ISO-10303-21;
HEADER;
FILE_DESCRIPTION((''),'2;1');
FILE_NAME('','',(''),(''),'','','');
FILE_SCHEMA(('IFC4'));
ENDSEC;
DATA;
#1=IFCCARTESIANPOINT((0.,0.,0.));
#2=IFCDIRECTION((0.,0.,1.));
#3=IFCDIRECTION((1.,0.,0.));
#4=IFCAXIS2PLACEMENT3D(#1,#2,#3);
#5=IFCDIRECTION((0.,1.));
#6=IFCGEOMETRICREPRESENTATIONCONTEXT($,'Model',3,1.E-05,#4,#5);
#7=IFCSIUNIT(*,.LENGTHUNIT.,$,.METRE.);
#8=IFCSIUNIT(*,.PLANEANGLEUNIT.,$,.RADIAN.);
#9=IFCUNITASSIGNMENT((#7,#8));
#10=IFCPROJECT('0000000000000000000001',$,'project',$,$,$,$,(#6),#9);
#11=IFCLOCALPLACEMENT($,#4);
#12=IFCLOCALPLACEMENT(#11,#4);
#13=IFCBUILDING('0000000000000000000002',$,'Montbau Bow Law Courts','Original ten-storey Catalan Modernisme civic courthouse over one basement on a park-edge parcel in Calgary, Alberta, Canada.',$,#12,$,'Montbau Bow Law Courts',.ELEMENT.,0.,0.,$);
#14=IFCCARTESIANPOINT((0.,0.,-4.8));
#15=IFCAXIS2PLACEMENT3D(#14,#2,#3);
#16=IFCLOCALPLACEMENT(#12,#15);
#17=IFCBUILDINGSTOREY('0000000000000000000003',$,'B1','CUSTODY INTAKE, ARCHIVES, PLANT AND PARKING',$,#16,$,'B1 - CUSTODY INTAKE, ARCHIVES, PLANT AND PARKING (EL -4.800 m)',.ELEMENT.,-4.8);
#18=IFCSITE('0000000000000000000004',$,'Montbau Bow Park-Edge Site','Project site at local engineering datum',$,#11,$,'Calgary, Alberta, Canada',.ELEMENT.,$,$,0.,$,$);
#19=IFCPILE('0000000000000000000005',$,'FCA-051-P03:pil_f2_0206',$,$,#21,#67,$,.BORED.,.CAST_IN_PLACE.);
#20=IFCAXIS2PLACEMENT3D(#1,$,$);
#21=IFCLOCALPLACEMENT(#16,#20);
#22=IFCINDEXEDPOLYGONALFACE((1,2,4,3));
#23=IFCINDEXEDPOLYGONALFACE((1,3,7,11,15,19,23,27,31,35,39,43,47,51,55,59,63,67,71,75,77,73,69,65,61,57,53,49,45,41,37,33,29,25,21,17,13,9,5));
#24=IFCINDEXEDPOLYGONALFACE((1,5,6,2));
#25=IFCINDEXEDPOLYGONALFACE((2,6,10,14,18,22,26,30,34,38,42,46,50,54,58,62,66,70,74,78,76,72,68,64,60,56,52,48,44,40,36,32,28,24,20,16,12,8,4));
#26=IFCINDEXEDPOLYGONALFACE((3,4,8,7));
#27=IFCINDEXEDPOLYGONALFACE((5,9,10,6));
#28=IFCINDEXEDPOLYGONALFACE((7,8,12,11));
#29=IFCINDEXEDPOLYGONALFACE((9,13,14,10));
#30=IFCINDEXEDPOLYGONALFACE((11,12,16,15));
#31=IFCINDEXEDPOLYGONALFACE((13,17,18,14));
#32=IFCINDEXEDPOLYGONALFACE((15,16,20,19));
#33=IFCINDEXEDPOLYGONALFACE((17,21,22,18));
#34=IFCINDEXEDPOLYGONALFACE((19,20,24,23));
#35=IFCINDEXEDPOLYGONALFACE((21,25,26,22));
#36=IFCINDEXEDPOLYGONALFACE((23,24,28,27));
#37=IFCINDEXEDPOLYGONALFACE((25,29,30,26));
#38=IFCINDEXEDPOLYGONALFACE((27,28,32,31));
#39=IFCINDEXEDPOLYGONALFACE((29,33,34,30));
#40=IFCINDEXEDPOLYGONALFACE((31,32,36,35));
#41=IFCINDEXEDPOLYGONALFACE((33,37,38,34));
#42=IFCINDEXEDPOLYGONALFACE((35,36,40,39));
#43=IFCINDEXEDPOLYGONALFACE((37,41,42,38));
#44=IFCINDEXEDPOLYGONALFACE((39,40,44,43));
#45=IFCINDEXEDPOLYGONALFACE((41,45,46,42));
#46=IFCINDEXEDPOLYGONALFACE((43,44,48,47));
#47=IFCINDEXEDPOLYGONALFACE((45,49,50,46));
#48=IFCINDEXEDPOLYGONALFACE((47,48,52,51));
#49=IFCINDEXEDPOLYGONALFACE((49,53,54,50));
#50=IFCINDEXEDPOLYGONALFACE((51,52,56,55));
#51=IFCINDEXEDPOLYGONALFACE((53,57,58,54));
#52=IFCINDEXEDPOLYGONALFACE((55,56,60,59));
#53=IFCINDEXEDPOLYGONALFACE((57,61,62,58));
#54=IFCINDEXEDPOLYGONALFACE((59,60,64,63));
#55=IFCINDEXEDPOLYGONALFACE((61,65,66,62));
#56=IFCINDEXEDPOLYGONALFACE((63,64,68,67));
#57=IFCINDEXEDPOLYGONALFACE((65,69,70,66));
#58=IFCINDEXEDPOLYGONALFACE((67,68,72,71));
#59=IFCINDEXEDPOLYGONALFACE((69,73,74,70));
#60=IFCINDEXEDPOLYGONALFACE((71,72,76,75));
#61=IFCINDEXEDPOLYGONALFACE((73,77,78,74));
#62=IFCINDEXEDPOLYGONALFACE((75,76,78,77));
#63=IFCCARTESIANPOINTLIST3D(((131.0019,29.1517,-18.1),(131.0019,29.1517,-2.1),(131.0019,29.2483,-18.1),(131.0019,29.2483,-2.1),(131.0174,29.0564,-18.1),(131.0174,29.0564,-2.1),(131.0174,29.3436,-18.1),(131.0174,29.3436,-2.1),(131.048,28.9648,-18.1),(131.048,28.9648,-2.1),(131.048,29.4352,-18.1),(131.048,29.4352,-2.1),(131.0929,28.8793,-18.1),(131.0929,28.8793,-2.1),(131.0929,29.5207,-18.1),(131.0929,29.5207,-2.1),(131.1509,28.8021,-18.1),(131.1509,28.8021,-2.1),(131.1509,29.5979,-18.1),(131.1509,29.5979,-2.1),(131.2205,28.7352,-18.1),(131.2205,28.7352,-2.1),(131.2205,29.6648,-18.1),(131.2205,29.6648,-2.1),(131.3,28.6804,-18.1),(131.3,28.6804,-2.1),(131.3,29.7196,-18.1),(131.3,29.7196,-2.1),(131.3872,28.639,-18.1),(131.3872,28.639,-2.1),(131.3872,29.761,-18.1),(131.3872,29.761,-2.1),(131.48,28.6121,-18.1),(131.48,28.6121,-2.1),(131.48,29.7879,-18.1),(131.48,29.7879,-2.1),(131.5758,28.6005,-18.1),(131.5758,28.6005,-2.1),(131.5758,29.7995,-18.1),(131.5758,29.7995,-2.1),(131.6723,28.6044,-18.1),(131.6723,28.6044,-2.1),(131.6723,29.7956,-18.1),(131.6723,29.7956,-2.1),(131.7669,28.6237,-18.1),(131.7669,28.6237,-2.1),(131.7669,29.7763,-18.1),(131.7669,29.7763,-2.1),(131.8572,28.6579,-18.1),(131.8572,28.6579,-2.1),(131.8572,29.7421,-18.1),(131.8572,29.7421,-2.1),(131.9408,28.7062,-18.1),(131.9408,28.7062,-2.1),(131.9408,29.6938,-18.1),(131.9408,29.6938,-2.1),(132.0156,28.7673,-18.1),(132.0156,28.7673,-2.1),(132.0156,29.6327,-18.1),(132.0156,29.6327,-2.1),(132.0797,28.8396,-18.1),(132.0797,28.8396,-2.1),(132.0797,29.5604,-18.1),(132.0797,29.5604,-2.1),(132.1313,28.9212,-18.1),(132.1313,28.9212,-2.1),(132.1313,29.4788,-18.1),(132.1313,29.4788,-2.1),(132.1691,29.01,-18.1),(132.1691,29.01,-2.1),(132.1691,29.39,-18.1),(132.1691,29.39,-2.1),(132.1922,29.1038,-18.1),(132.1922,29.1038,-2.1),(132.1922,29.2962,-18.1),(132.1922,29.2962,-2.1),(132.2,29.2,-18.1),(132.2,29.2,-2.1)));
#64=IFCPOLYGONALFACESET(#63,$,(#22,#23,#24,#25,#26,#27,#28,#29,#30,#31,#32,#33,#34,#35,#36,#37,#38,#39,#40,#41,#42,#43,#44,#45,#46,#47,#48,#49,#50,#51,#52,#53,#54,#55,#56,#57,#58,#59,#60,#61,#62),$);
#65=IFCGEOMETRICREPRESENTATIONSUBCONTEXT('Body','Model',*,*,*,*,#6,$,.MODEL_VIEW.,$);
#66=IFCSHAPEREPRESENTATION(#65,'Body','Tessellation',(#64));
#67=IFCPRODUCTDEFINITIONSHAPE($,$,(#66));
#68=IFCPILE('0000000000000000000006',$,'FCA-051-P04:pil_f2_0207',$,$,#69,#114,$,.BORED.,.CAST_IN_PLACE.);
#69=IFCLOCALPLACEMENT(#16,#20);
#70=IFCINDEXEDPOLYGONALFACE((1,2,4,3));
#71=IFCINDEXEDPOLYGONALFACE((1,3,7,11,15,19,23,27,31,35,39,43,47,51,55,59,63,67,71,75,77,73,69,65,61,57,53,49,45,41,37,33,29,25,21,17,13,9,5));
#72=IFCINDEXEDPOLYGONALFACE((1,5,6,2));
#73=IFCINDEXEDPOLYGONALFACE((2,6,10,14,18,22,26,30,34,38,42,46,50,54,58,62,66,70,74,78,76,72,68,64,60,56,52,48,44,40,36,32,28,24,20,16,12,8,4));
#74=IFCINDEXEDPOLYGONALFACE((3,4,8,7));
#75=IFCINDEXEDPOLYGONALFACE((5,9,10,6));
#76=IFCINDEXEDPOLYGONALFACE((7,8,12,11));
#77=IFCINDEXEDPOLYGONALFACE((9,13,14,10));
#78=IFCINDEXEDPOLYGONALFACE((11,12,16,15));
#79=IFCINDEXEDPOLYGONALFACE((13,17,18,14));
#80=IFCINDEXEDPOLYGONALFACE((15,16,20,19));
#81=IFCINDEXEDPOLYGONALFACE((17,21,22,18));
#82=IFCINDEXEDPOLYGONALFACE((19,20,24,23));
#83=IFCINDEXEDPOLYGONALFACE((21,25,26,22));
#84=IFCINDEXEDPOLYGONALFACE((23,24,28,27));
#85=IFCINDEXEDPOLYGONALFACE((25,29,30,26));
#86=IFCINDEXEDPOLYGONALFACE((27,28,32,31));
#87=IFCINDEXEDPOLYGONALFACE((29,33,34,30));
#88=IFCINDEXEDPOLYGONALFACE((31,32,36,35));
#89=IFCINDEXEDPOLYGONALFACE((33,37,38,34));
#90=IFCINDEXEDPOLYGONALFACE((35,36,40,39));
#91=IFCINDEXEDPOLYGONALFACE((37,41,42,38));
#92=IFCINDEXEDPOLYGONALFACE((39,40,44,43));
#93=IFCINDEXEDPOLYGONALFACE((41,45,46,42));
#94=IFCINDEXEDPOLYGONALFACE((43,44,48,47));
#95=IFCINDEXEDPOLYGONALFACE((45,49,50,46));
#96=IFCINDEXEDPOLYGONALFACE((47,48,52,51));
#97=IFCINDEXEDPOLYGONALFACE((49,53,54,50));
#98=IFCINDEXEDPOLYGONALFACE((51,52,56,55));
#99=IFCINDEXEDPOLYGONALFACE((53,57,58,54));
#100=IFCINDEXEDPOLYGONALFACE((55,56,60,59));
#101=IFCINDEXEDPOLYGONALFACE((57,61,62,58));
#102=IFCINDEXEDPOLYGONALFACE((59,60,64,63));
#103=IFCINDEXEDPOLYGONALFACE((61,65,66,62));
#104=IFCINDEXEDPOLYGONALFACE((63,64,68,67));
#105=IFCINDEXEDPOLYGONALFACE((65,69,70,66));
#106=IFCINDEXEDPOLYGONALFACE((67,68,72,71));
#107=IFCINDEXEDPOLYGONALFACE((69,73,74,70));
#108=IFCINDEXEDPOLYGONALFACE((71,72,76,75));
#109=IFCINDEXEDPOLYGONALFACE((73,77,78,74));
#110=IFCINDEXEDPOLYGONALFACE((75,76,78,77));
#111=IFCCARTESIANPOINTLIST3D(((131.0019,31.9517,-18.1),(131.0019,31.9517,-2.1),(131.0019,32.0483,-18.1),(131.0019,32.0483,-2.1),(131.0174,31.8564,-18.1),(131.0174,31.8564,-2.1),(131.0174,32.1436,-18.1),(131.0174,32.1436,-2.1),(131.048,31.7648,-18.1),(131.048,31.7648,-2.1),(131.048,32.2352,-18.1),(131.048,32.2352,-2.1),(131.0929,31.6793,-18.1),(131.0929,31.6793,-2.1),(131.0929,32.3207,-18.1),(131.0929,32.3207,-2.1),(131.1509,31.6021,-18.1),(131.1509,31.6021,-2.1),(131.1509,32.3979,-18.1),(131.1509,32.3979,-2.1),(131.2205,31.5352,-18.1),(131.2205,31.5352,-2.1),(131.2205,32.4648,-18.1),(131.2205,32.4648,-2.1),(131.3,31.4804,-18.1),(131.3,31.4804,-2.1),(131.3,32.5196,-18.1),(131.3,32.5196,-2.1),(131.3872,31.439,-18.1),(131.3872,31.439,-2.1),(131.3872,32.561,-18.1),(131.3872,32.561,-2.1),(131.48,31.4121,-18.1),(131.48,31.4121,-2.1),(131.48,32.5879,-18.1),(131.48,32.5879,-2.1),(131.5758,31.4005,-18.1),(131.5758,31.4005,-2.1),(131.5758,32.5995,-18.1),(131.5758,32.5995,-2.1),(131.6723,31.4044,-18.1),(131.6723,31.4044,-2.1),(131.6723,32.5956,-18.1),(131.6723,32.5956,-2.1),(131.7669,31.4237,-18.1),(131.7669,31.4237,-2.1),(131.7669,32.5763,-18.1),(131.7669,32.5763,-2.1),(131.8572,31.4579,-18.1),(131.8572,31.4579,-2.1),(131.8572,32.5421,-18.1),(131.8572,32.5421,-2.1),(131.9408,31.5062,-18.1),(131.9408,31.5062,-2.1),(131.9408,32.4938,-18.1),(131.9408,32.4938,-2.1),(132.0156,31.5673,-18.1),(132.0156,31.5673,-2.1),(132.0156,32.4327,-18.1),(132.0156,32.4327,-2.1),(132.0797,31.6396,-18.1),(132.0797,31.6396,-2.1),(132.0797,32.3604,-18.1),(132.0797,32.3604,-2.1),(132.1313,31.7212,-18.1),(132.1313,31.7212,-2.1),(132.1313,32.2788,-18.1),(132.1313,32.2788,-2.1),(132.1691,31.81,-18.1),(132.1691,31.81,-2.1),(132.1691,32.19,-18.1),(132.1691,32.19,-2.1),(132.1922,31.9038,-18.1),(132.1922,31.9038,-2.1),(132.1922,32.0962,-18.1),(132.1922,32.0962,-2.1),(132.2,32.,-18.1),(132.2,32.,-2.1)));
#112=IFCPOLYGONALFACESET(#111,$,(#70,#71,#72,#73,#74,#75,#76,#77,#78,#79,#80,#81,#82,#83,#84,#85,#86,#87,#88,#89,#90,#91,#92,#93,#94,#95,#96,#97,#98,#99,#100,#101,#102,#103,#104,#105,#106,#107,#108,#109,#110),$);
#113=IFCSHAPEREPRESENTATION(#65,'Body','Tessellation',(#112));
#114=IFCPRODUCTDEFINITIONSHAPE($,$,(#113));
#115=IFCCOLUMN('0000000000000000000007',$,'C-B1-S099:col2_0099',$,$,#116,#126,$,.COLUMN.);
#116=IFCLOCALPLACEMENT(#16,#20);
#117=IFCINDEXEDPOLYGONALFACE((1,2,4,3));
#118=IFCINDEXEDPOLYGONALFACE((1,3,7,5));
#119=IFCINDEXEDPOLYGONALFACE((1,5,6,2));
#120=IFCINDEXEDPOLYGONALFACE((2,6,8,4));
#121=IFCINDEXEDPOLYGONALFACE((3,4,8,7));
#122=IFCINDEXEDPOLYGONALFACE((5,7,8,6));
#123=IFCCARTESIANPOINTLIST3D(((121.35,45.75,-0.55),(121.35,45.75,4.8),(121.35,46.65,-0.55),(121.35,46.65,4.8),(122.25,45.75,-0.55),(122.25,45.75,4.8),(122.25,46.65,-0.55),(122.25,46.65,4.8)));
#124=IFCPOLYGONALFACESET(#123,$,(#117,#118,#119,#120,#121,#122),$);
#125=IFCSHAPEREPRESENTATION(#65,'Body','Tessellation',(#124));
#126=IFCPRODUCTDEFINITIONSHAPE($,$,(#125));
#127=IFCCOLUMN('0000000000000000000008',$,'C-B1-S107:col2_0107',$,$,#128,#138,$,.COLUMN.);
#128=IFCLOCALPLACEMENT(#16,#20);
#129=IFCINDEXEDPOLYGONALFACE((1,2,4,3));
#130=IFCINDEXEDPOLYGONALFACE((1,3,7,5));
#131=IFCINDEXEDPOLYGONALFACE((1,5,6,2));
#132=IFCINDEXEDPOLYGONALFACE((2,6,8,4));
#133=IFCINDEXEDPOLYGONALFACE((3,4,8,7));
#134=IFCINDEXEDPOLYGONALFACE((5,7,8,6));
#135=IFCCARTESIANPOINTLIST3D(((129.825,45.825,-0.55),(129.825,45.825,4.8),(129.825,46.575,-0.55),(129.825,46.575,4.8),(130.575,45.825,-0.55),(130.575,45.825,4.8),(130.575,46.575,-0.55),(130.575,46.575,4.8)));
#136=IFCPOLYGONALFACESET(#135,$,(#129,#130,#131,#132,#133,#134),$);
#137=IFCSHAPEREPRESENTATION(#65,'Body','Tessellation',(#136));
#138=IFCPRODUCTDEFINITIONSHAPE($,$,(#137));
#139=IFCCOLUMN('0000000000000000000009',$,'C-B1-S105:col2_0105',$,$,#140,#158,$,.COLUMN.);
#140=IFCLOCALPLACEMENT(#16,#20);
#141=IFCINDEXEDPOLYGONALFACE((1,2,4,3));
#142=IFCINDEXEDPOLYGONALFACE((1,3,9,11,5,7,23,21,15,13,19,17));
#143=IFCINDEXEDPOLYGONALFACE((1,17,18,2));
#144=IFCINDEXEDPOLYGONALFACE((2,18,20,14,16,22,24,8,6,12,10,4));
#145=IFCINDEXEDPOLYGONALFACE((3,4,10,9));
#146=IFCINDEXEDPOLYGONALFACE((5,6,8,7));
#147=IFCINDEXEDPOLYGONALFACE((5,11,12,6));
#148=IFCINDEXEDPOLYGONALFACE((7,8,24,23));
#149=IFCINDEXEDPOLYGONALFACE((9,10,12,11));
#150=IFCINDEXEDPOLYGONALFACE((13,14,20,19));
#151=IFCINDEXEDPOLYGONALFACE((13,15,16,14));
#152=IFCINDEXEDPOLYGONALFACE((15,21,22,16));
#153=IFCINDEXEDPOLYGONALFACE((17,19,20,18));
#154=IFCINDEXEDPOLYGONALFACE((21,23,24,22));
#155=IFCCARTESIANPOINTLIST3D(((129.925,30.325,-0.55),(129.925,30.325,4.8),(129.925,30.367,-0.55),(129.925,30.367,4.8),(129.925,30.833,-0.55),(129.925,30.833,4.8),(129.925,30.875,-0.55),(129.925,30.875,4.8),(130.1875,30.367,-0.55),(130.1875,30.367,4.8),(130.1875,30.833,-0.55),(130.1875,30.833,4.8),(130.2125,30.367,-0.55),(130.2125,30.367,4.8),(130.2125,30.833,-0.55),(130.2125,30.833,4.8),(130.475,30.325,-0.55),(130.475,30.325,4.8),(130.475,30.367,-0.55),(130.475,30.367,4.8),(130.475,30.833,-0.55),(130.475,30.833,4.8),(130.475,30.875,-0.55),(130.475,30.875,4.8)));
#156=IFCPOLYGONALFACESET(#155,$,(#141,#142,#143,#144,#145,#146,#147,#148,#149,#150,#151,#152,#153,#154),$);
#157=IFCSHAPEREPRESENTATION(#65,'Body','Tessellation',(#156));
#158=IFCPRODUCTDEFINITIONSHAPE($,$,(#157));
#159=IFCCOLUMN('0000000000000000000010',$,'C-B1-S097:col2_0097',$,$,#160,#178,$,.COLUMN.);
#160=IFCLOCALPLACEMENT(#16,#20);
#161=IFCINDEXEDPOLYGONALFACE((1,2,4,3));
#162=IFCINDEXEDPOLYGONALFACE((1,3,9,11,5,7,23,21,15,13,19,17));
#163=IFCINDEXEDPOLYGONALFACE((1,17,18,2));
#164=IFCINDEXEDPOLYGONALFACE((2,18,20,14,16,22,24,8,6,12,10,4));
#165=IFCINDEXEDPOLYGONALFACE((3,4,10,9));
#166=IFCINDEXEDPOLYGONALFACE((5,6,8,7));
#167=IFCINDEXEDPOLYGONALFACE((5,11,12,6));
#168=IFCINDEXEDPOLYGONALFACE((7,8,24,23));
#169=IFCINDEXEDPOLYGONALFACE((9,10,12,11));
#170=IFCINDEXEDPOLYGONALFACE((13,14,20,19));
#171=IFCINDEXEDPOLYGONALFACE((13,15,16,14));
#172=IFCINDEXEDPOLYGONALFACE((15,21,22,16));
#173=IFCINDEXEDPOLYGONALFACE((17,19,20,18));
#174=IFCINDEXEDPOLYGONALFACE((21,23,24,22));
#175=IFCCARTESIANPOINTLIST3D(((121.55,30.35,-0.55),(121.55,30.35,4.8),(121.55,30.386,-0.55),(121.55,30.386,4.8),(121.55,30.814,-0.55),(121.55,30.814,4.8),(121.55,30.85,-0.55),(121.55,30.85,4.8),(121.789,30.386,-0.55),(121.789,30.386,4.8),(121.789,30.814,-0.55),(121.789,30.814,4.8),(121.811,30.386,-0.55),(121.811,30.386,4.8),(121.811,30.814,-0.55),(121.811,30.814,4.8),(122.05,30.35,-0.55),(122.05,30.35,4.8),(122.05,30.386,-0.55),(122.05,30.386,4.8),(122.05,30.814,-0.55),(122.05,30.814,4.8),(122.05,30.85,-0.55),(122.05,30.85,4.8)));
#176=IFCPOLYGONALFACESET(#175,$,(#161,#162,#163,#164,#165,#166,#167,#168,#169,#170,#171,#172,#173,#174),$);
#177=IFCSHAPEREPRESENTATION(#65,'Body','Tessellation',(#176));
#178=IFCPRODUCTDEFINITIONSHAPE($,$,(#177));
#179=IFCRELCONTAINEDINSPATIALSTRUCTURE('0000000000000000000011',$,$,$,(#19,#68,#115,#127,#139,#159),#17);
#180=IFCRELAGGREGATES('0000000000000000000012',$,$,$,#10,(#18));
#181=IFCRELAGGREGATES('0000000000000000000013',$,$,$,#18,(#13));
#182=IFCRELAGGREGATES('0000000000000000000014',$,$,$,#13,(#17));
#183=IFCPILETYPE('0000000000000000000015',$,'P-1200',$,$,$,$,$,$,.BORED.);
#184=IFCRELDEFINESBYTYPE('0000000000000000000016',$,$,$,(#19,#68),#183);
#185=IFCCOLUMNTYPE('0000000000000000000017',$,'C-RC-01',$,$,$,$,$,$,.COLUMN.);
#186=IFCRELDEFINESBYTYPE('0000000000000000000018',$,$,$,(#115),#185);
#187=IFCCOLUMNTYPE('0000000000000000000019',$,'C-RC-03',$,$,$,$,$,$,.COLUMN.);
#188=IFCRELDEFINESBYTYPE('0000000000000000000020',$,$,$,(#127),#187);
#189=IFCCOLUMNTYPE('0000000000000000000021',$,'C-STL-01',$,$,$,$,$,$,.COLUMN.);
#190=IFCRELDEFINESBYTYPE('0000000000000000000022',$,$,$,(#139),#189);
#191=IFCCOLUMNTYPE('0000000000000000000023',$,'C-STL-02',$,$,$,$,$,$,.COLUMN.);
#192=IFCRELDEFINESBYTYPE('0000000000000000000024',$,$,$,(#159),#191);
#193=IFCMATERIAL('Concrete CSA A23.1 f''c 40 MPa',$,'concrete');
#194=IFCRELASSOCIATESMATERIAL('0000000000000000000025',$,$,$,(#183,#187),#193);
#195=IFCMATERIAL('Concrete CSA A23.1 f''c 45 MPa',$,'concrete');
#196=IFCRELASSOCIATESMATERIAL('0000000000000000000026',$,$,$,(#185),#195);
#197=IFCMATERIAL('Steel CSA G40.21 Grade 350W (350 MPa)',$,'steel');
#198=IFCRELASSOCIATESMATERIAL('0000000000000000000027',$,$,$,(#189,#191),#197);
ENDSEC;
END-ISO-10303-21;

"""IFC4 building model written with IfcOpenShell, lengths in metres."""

from ifc_helpers import new_model, si_unit, direction, frame, origin_with_axes, origin_2d_with_axis, place, context, subcontext, project, spatial, rectangle, circle, i_section, extrude, material, material_profile, profile_set, type_object, element, save


model = new_model("IFC4")

# Units and contexts
model_context = context("Model", 3, precision=1e-05, world=origin_with_axes(), true_north=direction((0.0, 1.0)))
body_context = subcontext(model_context, "Body", "Model", "MODEL_VIEW")
ifc_project = project(units=[si_unit("LENGTHUNIT", "METRE"), si_unit("PLANEANGLEUNIT", "RADIAN")], contexts=[model_context])

# Site, building, storey
site_placement = place(None, origin_with_axes())
site = spatial("IfcSite", under=ifc_project, at=site_placement, Name="Montbau Bow Park-Edge Site", Description="Project site at local engineering datum", LongName="Calgary, Alberta, Canada", CompositionType="ELEMENT", RefElevation=0.0)
building_placement = place(site_placement, origin_with_axes())
building = spatial("IfcBuilding", under=site, at=building_placement, Name="Montbau Bow Law Courts", Description="Original ten-storey Catalan Modernisme civic courthouse over one basement on a park-edge parcel in Calgary, Alberta, Canada.", LongName="Montbau Bow Law Courts", CompositionType="ELEMENT", ElevationOfRefHeight=0.0, ElevationOfTerrain=0.0)
storey_placement = place(building_placement, frame((0.0, 0.0, -4.8), z_axis=(0.0, 0.0, 1.0), x_axis=(1.0, 0.0, 0.0)))
storey = spatial("IfcBuildingStorey", under=building, at=storey_placement, Name="B1", Description="CUSTODY INTAKE, ARCHIVES, PLANT AND PARKING", LongName="B1 - CUSTODY INTAKE, ARCHIVES, PLANT AND PARKING (EL -4.800 m)", CompositionType="ELEMENT", Elevation=-4.8)

# Piles
ifc_material_1 = material(Name="Concrete CSA A23.1 f'c 40 MPa", Category="concrete")
ifc_material_profile_1 = material_profile(ifc_material_1, circle(Radius=0.6, at=origin_2d_with_axis()), Name="BP1200", Category="Main", Priority=0)
ifc_profile_set_1 = profile_set([ifc_material_profile_1], Name="Concrete CSA A23.1 f'c 40 MPa")
pile_type_1 = type_object("IfcPileType", Name="P-1200", PredefinedType="BORED", material=ifc_profile_set_1)
for number, where, z_axis, x_axis, name in (
    (1, (131.6, 29.2, -22.9), (0.0, 0.0, 1.0), (1.0, 0.0, 0.0), "FCA-051-P03:pil_f2_0206"),
    (2, (131.6, 32.0, -22.9), (0.0, 0.0, 1.0), (1.0, 0.0, 0.0), "FCA-051-P04:pil_f2_0207"),
):
    element("IfcPile", number, at=place(None, frame(where, z_axis=z_axis, x_axis=x_axis)), inside=storey, type_object=pile_type_1, Name=name, ConstructionType="CAST_IN_PLACE", PredefinedType="BORED", context=body_context, shape_type="SweptSolid", body=[
        extrude(circle(Radius=0.6, at=origin_2d_with_axis()), origin_with_axes(), (0.0, 0.0, 1.0), 16.0),
    ])

# Columns
ifc_material_2 = material(Name="Concrete CSA A23.1 f'c 45 MPa", Category="concrete")
ifc_material_profile_2 = material_profile(ifc_material_2, rectangle(XDim=0.9, YDim=0.9, at=origin_2d_with_axis()), Name="RC900X900", Category="Main", Priority=0)
ifc_profile_set_2 = profile_set([ifc_material_profile_2], Name="Concrete CSA A23.1 f'c 45 MPa")
column_type_1 = type_object("IfcColumnType", Name="C-RC-01", PredefinedType="COLUMN", material=ifc_profile_set_2)
column_1_placement = place(None, frame((121.8, 46.2, -5.35), z_axis=(0.0, 0.0, 1.0), x_axis=(1.0, 0.0, 0.0)))
element("IfcColumn", 3, at=column_1_placement, inside=storey, type_object=column_type_1, Name="C-B1-S099:col2_0099", PredefinedType="COLUMN", context=body_context, shape_type="SweptSolid", body=[
    extrude(rectangle(XDim=0.9, YDim=0.9, at=origin_2d_with_axis()), origin_with_axes(), (0.0, 0.0, 1.0), 5.35),
])
ifc_material_profile_3 = material_profile(ifc_material_1, rectangle(XDim=0.75, YDim=0.75, at=origin_2d_with_axis()), Name="RC750X750", Category="Main", Priority=0)
ifc_profile_set_3 = profile_set([ifc_material_profile_3], Name="Concrete CSA A23.1 f'c 40 MPa")
column_type_2 = type_object("IfcColumnType", Name="C-RC-03", PredefinedType="COLUMN", material=ifc_profile_set_3)
column_2_placement = place(None, frame((130.2, 46.2, -5.35), z_axis=(0.0, 0.0, 1.0), x_axis=(1.0, 0.0, 0.0)))
element("IfcColumn", 4, at=column_2_placement, inside=storey, type_object=column_type_2, Name="C-B1-S107:col2_0107", PredefinedType="COLUMN", context=body_context, shape_type="SweptSolid", body=[
    extrude(rectangle(XDim=0.75, YDim=0.75, at=origin_2d_with_axis()), origin_with_axes(), (0.0, 0.0, 1.0), 5.35),
])
ifc_material_3 = material(Name="Steel CSA G40.21 Grade 350W (350 MPa)", Category="steel")
ifc_material_profile_4 = material_profile(ifc_material_3, i_section(OverallWidth=0.55, OverallDepth=0.55, WebThickness=0.025, FlangeThickness=0.042, at=origin_2d_with_axis()), Name="WWF550X420", Category="Main", Priority=0)
ifc_profile_set_4 = profile_set([ifc_material_profile_4], Name="Steel CSA G40.21 Grade 350W (350 MPa)")
column_type_3 = type_object("IfcColumnType", Name="C-STL-01", PredefinedType="COLUMN", material=ifc_profile_set_4)
column_3_placement = place(None, frame((130.2, 30.6, -5.35), z_axis=(0.0, 0.0, 1.0), x_axis=(1.0, 0.0, 0.0)))
element("IfcColumn", 5, at=column_3_placement, inside=storey, type_object=column_type_3, Name="C-B1-S105:col2_0105", PredefinedType="COLUMN", context=body_context, shape_type="SweptSolid", body=[
    extrude(i_section(OverallWidth=0.55, OverallDepth=0.55, WebThickness=0.025, FlangeThickness=0.042, at=origin_2d_with_axis()), origin_with_axes(), (0.0, 0.0, 1.0), 5.35),
])
ifc_material_profile_5 = material_profile(ifc_material_3, i_section(OverallWidth=0.5, OverallDepth=0.5, WebThickness=0.022, FlangeThickness=0.036, at=origin_2d_with_axis()), Name="WWF500X343", Category="Main", Priority=0)
ifc_profile_set_5 = profile_set([ifc_material_profile_5], Name="Steel CSA G40.21 Grade 350W (350 MPa)")
column_type_4 = type_object("IfcColumnType", Name="C-STL-02", PredefinedType="COLUMN", material=ifc_profile_set_5)
for number, where, z_axis, x_axis, name in (
    (6, (121.8, 30.6, -5.35), (0.0, 0.0, 1.0), (1.0, 0.0, 0.0), "C-B1-S097:col2_0097"),
):
    element("IfcColumn", number, at=place(None, frame(where, z_axis=z_axis, x_axis=x_axis)), inside=storey, type_object=column_type_4, Name=name, PredefinedType="COLUMN", context=body_context, shape_type="SweptSolid", body=[
        extrude(i_section(OverallWidth=0.5, OverallDepth=0.5, WebThickness=0.022, FlangeThickness=0.036, at=origin_2d_with_axis()), origin_with_axes(), (0.0, 0.0, 1.0), 5.35),
    ])

save(model, "model.ifc")
